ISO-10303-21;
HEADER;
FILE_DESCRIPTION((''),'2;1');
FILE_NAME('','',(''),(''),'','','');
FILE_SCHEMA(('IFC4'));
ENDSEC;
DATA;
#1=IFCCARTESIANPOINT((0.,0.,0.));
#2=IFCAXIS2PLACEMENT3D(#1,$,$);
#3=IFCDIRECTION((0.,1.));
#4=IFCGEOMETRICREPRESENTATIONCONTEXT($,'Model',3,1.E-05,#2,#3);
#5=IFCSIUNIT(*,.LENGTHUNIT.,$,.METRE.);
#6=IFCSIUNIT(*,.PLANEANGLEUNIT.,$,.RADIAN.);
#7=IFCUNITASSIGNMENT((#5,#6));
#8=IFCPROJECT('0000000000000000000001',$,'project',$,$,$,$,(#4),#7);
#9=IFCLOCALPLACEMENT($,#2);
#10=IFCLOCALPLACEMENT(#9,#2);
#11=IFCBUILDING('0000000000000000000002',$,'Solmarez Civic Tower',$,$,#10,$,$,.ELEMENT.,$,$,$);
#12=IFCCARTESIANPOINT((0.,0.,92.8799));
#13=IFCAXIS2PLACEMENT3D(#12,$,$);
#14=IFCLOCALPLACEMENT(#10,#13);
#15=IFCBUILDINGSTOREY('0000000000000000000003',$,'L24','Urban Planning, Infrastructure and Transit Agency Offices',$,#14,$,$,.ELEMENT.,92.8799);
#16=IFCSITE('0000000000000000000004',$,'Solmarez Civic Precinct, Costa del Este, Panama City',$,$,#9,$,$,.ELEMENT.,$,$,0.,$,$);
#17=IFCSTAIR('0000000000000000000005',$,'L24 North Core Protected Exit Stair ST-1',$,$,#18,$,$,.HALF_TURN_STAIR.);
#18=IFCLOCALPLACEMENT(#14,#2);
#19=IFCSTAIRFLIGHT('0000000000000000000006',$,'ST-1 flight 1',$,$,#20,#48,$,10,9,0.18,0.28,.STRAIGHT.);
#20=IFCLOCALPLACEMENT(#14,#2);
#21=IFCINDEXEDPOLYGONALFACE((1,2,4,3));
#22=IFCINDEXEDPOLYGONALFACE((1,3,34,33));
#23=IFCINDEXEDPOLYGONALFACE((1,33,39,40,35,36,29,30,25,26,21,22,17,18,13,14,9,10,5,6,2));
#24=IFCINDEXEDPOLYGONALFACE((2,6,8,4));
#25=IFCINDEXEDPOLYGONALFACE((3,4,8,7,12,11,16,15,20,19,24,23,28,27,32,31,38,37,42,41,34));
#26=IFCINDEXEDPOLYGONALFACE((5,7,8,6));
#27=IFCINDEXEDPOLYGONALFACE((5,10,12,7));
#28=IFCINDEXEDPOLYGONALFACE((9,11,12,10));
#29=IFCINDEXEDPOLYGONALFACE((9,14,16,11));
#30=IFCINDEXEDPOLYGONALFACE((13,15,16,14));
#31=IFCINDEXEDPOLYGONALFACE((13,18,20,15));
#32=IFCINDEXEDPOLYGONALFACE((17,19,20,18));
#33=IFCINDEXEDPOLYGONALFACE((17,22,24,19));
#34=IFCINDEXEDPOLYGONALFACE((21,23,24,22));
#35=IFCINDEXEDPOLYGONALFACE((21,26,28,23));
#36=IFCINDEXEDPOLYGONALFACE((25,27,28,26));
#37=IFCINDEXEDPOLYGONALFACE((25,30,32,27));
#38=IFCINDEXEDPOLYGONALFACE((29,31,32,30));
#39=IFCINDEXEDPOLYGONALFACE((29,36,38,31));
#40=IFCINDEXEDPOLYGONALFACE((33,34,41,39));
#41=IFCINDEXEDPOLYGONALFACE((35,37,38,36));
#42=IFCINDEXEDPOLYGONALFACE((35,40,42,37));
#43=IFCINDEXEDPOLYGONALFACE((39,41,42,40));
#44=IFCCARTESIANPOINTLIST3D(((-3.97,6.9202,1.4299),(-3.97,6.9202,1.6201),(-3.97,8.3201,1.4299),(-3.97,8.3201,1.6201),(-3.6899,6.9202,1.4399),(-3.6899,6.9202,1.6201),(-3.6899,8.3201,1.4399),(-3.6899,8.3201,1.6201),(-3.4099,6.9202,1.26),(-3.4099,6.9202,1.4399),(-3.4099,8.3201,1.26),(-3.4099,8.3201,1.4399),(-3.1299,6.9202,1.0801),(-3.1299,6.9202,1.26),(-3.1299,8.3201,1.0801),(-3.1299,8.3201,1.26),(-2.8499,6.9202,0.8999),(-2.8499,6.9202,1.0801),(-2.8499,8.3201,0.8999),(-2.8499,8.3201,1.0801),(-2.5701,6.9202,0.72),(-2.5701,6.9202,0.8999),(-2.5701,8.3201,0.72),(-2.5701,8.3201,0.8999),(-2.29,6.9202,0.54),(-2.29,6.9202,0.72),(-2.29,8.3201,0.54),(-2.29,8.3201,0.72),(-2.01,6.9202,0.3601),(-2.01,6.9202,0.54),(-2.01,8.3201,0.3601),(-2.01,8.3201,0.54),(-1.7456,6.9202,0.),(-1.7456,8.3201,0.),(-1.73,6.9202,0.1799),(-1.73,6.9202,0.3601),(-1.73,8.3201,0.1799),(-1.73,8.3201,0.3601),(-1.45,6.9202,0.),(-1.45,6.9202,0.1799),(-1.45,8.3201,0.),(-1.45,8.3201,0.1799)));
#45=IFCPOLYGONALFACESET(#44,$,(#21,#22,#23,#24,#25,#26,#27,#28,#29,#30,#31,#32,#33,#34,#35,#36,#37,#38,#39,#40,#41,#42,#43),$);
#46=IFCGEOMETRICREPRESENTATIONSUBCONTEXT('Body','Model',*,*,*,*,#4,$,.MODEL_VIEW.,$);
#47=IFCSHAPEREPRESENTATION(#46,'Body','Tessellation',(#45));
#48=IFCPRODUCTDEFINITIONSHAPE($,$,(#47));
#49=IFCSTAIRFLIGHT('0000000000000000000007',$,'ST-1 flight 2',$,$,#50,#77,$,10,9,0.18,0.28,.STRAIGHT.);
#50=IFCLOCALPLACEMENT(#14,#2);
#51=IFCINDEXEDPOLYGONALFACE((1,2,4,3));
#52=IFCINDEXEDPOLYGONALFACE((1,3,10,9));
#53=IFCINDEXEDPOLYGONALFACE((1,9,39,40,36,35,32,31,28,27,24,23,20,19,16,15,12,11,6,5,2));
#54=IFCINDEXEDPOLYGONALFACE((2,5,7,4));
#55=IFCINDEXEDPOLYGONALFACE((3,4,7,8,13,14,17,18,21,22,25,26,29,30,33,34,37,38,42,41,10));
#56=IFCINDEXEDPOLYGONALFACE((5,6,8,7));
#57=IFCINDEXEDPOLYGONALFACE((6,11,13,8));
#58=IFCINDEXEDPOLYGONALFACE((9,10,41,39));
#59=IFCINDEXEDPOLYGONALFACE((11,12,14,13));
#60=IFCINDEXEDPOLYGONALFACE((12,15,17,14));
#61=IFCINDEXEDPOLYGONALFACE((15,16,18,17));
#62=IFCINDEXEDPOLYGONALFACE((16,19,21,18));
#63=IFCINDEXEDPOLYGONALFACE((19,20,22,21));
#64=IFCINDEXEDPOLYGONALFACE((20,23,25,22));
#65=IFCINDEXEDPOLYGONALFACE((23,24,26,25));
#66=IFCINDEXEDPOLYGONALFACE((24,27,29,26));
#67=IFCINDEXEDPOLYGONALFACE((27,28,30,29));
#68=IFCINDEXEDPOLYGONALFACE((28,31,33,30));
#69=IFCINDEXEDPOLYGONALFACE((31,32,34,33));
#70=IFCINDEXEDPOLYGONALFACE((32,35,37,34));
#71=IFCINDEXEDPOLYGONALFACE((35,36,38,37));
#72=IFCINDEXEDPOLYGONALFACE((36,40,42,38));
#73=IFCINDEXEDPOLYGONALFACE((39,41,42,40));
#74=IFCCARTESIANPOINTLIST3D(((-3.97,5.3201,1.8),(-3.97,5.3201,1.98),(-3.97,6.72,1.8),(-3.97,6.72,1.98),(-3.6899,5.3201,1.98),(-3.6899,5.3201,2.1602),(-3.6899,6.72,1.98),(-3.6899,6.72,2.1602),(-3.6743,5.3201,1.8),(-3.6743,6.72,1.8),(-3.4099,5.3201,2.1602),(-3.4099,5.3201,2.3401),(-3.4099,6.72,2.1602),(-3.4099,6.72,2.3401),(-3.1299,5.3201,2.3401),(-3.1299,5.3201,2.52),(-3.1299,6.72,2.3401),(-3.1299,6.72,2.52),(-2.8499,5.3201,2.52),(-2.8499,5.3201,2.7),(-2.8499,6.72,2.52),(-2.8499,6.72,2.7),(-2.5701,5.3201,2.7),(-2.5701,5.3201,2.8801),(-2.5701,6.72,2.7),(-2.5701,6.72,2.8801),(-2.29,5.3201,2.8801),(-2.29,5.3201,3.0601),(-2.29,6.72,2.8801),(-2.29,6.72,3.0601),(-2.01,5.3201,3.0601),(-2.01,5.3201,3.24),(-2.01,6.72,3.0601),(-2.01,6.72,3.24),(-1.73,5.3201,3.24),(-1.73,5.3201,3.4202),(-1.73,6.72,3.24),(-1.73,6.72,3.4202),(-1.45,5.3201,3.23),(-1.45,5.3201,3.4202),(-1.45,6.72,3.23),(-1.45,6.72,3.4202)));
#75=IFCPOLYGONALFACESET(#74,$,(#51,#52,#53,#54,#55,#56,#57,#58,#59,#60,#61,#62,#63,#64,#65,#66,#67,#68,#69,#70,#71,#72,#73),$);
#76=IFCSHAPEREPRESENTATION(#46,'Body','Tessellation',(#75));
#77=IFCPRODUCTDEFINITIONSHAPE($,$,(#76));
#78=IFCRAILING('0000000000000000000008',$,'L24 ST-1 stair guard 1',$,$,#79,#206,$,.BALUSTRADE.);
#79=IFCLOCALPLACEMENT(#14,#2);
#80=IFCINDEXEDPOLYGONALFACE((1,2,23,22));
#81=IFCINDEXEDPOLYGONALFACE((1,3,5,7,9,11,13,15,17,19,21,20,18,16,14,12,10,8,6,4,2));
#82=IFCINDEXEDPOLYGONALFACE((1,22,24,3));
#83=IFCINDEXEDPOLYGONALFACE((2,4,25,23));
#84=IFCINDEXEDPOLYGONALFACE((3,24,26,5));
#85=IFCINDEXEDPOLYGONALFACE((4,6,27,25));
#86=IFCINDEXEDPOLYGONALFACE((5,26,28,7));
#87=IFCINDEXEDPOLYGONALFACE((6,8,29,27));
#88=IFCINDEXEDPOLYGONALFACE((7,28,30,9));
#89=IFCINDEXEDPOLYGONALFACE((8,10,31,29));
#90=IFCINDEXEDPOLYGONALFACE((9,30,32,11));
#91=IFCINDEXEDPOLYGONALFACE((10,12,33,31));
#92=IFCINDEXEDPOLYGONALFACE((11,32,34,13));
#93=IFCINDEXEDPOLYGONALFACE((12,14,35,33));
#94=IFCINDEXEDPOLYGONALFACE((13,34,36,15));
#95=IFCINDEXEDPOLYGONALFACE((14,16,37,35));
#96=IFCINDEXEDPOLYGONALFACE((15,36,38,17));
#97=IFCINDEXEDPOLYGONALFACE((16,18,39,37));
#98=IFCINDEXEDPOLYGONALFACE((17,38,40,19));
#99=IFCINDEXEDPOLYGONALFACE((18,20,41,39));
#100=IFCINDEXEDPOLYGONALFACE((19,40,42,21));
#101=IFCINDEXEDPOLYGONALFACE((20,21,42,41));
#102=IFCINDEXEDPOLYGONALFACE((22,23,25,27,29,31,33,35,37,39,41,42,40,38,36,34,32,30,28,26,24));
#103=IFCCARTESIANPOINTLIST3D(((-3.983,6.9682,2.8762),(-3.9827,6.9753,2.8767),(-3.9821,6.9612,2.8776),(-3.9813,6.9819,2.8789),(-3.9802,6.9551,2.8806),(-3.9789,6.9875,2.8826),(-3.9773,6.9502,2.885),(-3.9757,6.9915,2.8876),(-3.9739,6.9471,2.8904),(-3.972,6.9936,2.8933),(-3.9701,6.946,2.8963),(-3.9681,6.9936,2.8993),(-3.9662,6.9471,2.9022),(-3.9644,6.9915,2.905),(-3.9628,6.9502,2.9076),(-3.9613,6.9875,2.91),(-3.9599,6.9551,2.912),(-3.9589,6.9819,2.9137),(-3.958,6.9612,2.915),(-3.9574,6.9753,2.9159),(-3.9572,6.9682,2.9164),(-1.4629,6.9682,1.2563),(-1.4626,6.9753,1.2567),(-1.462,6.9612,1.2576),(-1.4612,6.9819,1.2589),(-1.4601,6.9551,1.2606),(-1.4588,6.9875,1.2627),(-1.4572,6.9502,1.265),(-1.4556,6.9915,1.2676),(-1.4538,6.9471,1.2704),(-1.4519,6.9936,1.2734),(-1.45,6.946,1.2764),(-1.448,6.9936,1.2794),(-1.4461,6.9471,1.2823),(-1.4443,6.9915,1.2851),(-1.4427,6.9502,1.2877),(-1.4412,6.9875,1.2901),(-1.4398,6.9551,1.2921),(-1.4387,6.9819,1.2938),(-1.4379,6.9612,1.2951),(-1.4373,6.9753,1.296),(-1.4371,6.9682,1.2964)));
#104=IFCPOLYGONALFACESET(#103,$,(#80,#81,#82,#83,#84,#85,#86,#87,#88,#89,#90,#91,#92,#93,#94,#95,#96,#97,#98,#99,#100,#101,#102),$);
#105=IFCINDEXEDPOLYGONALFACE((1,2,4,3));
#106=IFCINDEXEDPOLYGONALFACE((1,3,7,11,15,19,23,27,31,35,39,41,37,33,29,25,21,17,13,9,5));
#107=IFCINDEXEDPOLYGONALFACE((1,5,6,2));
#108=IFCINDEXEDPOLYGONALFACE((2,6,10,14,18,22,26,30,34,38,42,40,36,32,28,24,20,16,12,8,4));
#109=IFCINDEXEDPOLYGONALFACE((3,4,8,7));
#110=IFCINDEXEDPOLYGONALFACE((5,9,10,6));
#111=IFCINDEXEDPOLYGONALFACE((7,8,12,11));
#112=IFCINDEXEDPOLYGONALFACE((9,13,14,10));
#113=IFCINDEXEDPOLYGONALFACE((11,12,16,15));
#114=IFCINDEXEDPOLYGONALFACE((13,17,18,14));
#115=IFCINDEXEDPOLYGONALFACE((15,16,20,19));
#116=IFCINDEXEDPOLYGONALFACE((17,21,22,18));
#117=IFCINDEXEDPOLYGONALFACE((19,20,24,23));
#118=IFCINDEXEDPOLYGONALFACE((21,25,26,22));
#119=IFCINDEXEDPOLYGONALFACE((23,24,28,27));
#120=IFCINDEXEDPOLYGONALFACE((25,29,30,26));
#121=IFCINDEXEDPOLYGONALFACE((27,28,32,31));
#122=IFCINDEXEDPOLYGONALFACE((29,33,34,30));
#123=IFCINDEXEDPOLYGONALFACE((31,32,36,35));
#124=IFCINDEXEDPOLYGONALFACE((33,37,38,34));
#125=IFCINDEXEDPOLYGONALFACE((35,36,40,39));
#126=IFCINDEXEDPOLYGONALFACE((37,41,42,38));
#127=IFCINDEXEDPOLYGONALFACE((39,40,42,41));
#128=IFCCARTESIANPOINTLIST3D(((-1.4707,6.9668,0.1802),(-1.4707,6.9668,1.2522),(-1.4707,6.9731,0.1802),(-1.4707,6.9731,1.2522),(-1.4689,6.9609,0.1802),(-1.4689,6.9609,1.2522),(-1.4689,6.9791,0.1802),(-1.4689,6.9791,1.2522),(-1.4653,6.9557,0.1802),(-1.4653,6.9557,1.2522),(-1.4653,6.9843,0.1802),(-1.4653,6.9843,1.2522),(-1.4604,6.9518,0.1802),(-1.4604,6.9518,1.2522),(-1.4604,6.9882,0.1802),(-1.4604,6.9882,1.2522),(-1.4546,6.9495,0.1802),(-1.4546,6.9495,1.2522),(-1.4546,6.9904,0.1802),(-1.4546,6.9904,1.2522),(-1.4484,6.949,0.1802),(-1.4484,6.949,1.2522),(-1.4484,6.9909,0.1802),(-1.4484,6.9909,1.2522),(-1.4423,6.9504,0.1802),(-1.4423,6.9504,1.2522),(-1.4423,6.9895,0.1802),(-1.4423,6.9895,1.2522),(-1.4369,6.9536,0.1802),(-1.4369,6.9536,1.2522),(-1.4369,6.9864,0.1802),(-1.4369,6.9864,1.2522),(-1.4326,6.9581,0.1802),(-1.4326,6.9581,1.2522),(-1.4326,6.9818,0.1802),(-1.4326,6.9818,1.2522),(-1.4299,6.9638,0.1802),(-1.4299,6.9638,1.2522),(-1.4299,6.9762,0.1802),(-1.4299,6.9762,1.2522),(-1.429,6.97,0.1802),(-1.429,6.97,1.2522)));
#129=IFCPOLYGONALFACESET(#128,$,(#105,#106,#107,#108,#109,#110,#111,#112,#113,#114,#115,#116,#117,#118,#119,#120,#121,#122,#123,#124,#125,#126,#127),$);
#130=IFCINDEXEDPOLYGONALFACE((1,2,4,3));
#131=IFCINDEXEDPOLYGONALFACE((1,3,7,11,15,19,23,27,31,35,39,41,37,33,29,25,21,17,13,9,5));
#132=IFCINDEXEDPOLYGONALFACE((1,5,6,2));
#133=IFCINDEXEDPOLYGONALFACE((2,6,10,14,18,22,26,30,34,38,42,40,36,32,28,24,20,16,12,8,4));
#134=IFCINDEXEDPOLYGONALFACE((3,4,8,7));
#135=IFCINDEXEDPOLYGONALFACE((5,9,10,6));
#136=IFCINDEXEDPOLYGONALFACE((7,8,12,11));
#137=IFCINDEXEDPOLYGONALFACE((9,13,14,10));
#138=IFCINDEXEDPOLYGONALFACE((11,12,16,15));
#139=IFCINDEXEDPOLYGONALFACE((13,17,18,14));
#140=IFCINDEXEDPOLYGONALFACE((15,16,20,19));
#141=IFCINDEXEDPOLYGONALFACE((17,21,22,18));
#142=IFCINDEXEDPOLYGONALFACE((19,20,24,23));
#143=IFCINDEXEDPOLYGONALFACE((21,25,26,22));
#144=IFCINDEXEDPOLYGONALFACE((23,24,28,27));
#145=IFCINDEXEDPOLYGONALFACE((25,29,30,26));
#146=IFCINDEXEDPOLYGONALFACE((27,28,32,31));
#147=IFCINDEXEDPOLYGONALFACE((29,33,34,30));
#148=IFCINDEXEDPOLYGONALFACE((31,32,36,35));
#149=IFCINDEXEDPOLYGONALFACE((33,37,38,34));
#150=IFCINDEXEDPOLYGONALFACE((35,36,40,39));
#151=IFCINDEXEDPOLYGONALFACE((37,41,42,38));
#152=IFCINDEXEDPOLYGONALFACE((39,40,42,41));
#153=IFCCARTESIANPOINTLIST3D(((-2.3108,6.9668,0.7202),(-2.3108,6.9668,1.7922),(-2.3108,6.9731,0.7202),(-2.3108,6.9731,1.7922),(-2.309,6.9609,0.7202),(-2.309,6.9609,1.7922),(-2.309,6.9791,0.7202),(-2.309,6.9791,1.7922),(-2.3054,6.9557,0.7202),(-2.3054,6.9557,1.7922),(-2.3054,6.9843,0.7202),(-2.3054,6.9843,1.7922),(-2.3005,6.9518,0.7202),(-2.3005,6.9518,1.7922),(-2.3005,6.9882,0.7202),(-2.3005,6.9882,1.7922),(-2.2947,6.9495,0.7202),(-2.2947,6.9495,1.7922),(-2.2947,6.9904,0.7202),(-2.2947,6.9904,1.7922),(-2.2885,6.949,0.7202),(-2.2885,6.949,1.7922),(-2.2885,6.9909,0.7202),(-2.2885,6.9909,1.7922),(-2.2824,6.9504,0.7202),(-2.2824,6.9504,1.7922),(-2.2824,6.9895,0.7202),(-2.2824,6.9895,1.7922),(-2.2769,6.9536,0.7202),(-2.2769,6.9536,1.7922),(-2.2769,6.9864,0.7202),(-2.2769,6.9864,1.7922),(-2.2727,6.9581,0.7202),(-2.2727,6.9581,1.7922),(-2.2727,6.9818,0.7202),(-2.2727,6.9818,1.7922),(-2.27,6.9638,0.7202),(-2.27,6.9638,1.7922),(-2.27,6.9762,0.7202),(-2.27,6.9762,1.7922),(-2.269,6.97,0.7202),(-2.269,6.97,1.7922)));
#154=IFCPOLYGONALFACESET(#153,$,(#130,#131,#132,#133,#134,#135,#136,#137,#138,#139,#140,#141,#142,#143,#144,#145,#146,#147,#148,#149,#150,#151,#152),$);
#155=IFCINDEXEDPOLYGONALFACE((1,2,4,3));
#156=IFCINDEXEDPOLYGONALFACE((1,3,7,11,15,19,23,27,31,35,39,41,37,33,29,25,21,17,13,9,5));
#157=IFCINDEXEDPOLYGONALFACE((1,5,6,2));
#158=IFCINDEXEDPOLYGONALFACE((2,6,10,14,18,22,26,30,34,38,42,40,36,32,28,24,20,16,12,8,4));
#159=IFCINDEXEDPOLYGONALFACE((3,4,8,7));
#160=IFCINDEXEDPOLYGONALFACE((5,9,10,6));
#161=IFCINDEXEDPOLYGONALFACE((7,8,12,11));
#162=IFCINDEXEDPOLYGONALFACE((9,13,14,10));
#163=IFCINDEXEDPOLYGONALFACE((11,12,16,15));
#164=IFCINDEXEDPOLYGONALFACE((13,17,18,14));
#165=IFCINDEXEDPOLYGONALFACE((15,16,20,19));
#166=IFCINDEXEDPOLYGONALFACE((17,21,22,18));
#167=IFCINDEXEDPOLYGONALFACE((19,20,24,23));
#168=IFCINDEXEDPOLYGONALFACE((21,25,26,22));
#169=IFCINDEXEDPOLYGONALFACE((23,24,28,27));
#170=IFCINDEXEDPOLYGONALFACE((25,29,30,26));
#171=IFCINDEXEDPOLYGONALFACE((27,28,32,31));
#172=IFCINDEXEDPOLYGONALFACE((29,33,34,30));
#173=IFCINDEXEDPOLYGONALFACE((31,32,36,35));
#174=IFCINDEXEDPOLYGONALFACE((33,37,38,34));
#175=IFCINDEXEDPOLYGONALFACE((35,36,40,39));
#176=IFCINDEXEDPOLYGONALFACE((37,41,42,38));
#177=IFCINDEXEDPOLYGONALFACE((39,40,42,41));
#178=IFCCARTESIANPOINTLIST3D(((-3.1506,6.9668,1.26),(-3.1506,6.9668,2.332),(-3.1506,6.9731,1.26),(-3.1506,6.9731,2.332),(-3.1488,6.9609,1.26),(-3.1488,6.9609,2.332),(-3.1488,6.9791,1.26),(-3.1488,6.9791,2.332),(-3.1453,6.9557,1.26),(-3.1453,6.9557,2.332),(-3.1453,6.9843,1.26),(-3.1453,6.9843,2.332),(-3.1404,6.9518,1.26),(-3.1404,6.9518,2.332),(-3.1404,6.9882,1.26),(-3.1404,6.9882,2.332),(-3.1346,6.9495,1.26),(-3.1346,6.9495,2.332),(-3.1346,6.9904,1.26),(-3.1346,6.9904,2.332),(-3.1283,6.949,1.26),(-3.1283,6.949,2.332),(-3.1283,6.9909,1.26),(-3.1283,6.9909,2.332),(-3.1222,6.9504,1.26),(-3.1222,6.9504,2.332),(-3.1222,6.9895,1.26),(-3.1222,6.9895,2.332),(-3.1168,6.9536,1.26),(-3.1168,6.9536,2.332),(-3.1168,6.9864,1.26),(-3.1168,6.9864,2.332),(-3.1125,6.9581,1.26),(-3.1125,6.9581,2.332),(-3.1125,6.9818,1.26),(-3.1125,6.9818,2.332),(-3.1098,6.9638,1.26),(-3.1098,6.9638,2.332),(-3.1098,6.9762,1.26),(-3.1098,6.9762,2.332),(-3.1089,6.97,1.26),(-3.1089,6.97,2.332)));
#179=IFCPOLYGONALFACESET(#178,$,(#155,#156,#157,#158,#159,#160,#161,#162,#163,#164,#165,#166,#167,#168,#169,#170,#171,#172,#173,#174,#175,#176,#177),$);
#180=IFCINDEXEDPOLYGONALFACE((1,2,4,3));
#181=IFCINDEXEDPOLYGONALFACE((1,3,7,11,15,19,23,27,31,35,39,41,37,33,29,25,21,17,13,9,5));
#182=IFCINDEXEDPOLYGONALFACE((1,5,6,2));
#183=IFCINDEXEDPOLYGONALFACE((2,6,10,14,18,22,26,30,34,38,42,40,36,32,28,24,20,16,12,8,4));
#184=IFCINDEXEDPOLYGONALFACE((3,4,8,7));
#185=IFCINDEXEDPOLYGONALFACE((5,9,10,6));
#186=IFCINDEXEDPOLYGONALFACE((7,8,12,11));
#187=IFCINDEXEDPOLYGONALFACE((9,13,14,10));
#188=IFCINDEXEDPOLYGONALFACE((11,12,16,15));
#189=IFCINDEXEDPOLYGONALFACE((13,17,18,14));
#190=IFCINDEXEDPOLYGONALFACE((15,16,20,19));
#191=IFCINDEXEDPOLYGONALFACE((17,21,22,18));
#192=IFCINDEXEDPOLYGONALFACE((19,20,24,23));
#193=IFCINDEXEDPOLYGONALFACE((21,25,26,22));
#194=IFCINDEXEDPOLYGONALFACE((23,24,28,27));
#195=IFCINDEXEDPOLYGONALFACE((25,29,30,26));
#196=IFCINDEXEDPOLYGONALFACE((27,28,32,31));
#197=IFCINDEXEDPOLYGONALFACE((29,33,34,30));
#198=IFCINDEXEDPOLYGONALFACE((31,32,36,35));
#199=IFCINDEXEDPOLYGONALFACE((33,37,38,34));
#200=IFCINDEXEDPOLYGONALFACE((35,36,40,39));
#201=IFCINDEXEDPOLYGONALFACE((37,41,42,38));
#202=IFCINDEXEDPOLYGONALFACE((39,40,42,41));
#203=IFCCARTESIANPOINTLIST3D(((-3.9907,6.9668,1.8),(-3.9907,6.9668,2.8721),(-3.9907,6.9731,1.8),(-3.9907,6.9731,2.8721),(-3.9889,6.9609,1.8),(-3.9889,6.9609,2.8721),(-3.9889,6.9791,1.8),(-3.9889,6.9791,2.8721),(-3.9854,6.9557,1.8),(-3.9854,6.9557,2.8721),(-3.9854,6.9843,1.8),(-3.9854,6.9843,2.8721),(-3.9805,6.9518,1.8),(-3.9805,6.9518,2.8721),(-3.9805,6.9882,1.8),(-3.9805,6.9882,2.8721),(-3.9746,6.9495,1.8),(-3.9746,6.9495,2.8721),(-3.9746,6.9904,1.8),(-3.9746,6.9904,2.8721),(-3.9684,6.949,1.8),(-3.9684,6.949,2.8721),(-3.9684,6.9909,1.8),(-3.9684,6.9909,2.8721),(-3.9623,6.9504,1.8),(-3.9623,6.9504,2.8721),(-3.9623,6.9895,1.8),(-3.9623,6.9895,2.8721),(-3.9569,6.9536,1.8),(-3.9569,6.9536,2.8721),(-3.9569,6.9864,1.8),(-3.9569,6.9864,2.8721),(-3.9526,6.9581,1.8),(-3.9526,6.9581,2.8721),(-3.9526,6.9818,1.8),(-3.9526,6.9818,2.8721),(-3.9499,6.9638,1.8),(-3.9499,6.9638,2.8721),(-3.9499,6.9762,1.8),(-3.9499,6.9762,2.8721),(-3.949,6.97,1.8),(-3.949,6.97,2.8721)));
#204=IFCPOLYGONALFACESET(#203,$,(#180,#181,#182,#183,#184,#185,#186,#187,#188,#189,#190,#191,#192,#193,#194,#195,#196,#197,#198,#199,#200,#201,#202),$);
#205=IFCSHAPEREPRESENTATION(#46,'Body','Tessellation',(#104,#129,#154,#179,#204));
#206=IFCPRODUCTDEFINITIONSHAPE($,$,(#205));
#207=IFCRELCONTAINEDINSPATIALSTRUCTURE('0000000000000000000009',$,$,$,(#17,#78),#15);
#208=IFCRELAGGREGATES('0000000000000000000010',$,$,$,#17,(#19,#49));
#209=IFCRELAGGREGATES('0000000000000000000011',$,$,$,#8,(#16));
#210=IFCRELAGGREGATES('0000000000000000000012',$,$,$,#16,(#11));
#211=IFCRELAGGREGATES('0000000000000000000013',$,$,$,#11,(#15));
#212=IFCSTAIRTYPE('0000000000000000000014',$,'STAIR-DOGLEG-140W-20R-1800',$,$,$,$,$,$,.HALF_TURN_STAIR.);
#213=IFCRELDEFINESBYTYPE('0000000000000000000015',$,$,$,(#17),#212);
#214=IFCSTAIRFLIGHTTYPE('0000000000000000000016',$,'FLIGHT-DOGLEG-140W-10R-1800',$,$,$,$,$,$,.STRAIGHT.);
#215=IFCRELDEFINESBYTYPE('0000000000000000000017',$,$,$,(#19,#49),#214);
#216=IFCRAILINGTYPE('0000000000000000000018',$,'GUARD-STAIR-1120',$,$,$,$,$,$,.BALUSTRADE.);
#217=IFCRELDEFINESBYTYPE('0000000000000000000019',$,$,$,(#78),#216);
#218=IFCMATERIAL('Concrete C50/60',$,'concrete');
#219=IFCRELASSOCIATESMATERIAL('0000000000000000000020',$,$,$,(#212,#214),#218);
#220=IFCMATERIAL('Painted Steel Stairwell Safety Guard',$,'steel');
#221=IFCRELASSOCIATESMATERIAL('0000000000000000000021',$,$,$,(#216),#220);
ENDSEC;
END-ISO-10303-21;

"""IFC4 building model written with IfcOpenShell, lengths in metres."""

from ifc_helpers import new_model, si_unit, direction, frame, origin, origin_2d, place, context, subcontext, project, spatial, polyline, circle, outline, extrude, material, type_object, element, aggregate, save


model = new_model("IFC4")

# Units and contexts
model_context = context("Model", 3, precision=1e-05, world=origin(), true_north=direction((0.0, 1.0)))
body_context = subcontext(model_context, "Body", "Model", "MODEL_VIEW")
ifc_project = project(units=[si_unit("LENGTHUNIT", "METRE"), si_unit("PLANEANGLEUNIT", "RADIAN")], contexts=[model_context])

# Site, building, storey
site_placement = place(None, origin())
site = spatial("IfcSite", under=ifc_project, at=site_placement, Name="Solmarez Civic Precinct, Costa del Este, Panama City", CompositionType="ELEMENT", RefElevation=0.0)
building_placement = place(site_placement, origin())
building = spatial("IfcBuilding", under=site, at=building_placement, Name="Solmarez Civic Tower", CompositionType="ELEMENT")
storey_placement = place(building_placement, frame((0.0, 0.0, 92.8799)))
storey = spatial("IfcBuildingStorey", under=building, at=storey_placement, Name="L24", Description="Urban Planning, Infrastructure and Transit Agency Offices", CompositionType="ELEMENT", Elevation=92.8799)

# Shared definitions
ifc_material_1 = material(Name="Concrete C50/60", Category="concrete")

# Stair, stair flights
stair_type = type_object("IfcStairType", Name="STAIR-DOGLEG-140W-20R-1800", PredefinedType="HALF_TURN_STAIR", material=ifc_material_1)
stair_placement = place(storey_placement, origin())
stair = element("IfcStair", 1, at=stair_placement, inside=storey, type_object=stair_type, Name="L24 North Core Protected Exit Stair ST-1", PredefinedType="HALF_TURN_STAIR")
stair_flight_type = type_object("IfcStairFlightType", Name="FLIGHT-DOGLEG-140W-10R-1800", PredefinedType="STRAIGHT", material=ifc_material_1)
stair_flight_1_placement = place(storey_placement, frame((-1.45, 7.6201, 0.0), z_axis=(0.0, 0.0, 1.0), x_axis=(-1.0, 0.0, 0.0)))
stair_flight_1 = element("IfcStairFlight", 2, at=stair_flight_1_placement, type_object=stair_flight_type, Name="ST-1 flight 1", NumberOfRisers=10, NumberOfTreads=9, PredefinedType="STRAIGHT", RiserHeight=0.18, TreadLength=0.28, context=body_context, shape_type="SweptSolid", body=[
    extrude(outline(polyline([(0.0, 0.0), (0.0, 0.1799), (0.28, 0.1799), (0.28, 0.3601), (0.5601, 0.3601), (0.5601, 0.54), (0.8401, 0.54), (0.8401, 0.72), (1.1201, 0.72), (1.1201, 0.8999), (1.3999, 0.8999), (1.3999, 1.0801), (1.6799, 1.0801), (1.6799, 1.26), (1.96, 1.26), (1.96, 1.4399), (2.24, 1.4399), (2.24, 1.6201), (2.52, 1.6201), (2.52, 1.8), (2.52, 1.4299), (0.2957, 0.0), (0.0, 0.0)])), frame((0.0, 0.7, 0.0), z_axis=(0.0, -1.0, 0.0), x_axis=(1.0, 0.0, 0.0)), (0.0, 0.0, 1.0), 1.3999),
])
stair_flight_2_placement = place(storey_placement, frame((-3.97, 6.02, 1.8), z_axis=(0.0, 0.0, 1.0), x_axis=(1.0, 0.0, 0.0)))
stair_flight_2 = element("IfcStairFlight", 3, at=stair_flight_2_placement, type_object=stair_flight_type, Name="ST-1 flight 2", NumberOfRisers=10, NumberOfTreads=9, PredefinedType="STRAIGHT", RiserHeight=0.18, TreadLength=0.28, context=body_context, shape_type="SweptSolid", body=[
    extrude(outline(polyline([(0.0, 0.0), (0.0, 0.1799), (0.28, 0.1799), (0.28, 0.3601), (0.5601, 0.3601), (0.5601, 0.54), (0.8401, 0.54), (0.8401, 0.72), (1.1201, 0.72), (1.1201, 0.8999), (1.3999, 0.8999), (1.3999, 1.0801), (1.6799, 1.0801), (1.6799, 1.26), (1.96, 1.26), (1.96, 1.4399), (2.24, 1.4399), (2.24, 1.6201), (2.52, 1.6201), (2.52, 1.8), (2.52, 1.4299), (0.2957, 0.0), (0.0, 0.0)])), frame((0.0, 0.7, 0.0), z_axis=(0.0, -1.0, 0.0), x_axis=(1.0, 0.0, 0.0)), (0.0, 0.0, 1.0), 1.3999),
])
aggregate(stair, [stair_flight_1, stair_flight_2])

# Railing
ifc_material_2 = material(Name="Painted Steel Stairwell Safety Guard", Category="steel")
railing_type_1 = type_object("IfcRailingType", Name="GUARD-STAIR-1120", PredefinedType="BALUSTRADE", material=ifc_material_2)
railing_1_placement = place(storey_placement, frame((-1.45, 6.97, 0.1802)))
element("IfcRailing", 4, at=railing_1_placement, inside=storey, type_object=railing_type_1, Name="L24 ST-1 stair guard 1", PredefinedType="BALUSTRADE", context=body_context, shape_type="SweptSolid", body=[
    extrude(circle(Radius=0.0239, at=origin_2d()), frame((0.0, 0.0, 1.0962), z_axis=(-0.8412, 0.0, 0.540725), x_axis=(0.0, -1.0, 0.0)), (0.0, 0.0, 1.0), 2.9958),
    extrude(circle(Radius=0.021, at=origin_2d()), origin(), (0.0, 0.0, 1.0), 1.072),
    extrude(circle(Radius=0.021, at=origin_2d()), frame((-0.8401, 0.0, 0.54)), (0.0, 0.0, 1.0), 1.072),
    extrude(circle(Radius=0.021, at=origin_2d()), frame((-1.6799, 0.0, 1.0798)), (0.0, 0.0, 1.0), 1.072),
    extrude(circle(Radius=0.021, at=origin_2d()), frame((-2.52, 0.0, 1.6199)), (0.0, 0.0, 1.0), 1.072),
])

save(model, "model.ifc")
